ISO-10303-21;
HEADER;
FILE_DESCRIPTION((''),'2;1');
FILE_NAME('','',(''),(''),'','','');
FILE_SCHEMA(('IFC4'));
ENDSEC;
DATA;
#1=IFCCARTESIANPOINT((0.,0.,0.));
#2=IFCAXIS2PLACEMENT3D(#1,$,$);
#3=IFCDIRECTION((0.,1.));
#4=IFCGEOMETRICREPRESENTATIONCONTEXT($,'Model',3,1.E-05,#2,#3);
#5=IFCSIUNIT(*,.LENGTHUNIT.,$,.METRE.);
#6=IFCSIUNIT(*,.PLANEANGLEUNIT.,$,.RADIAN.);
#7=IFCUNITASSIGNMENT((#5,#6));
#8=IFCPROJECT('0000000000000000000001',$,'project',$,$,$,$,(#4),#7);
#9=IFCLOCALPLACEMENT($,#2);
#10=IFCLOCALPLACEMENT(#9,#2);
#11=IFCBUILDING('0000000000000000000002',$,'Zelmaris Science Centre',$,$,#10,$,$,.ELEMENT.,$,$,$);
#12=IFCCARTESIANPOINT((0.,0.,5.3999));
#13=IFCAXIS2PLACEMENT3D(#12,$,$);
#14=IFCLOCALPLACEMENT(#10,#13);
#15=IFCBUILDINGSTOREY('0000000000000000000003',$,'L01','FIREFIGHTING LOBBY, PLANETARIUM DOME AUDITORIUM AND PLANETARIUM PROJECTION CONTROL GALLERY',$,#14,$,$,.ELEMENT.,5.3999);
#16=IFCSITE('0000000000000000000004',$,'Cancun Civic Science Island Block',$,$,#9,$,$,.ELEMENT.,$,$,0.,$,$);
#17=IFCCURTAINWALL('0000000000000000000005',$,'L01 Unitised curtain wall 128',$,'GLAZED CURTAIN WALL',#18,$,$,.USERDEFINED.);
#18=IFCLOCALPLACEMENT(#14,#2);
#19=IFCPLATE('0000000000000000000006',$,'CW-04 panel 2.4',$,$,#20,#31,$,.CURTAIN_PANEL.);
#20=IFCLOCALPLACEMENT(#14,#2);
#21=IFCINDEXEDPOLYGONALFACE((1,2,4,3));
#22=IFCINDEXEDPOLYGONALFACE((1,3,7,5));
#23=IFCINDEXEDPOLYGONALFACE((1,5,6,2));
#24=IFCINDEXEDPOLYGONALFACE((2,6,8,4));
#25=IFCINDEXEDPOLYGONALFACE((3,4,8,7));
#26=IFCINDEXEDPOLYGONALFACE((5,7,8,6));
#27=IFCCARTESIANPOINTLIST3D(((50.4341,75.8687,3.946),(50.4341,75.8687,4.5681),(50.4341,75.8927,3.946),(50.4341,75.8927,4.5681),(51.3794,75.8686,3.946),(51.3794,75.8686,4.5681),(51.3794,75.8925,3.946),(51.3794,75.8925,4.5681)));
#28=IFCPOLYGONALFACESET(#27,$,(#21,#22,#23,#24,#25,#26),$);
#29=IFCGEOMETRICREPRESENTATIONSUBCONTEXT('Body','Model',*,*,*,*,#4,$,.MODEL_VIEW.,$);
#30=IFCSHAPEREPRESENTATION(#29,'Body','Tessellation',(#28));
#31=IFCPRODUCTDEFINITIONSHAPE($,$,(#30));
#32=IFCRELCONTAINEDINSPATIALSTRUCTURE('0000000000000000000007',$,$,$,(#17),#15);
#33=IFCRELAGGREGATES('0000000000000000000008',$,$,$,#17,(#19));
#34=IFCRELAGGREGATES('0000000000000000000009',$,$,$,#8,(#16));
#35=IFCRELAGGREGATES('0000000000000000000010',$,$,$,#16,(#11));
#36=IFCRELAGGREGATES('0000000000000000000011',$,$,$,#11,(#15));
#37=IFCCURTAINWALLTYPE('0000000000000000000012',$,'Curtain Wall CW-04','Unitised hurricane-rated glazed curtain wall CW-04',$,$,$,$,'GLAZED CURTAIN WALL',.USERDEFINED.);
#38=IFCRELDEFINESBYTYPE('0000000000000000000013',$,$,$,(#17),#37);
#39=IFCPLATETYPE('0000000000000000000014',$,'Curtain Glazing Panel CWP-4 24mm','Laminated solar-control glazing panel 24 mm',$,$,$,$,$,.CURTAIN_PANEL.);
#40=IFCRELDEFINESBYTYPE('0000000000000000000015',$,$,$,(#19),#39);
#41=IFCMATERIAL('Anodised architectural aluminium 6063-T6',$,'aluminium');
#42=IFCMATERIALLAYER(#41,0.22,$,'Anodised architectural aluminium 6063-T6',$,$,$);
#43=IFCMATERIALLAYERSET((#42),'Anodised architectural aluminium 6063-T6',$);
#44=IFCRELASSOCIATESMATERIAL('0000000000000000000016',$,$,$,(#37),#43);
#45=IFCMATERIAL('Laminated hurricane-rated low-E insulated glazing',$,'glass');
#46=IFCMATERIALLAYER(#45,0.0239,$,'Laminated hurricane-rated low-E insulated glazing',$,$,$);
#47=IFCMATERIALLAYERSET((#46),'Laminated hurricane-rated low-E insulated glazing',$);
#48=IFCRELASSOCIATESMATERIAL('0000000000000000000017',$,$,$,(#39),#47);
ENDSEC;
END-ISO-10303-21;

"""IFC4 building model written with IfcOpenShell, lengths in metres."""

from ifc_helpers import new_model, si_unit, direction, frame, origin, origin_2d, place, context, subcontext, project, spatial, rectangle, extrude, material, layer, layer_set, type_object, element, aggregate, save


model = new_model("IFC4")

# Units and contexts
model_context = context("Model", 3, precision=1e-05, world=origin(), true_north=direction((0.0, 1.0)))
body_context = subcontext(model_context, "Body", "Model", "MODEL_VIEW")
ifc_project = project(units=[si_unit("LENGTHUNIT", "METRE"), si_unit("PLANEANGLEUNIT", "RADIAN")], contexts=[model_context])

# Site, building, storey
site_placement = place(None, origin())
site = spatial("IfcSite", under=ifc_project, at=site_placement, Name="Cancun Civic Science Island Block", CompositionType="ELEMENT", RefElevation=0.0)
building_placement = place(site_placement, origin())
building = spatial("IfcBuilding", under=site, at=building_placement, Name="Zelmaris Science Centre", CompositionType="ELEMENT")
storey_placement = place(building_placement, frame((0.0, 0.0, 5.3999)))
storey = spatial("IfcBuildingStorey", under=building, at=storey_placement, Name="L01", Description="FIREFIGHTING LOBBY, PLANETARIUM DOME AUDITORIUM AND PLANETARIUM PROJECTION CONTROL GALLERY", CompositionType="ELEMENT", Elevation=5.3999)

# Curtain wall
ifc_material_1 = material(Name="Anodised architectural aluminium 6063-T6", Category="aluminium")
ifc_layer_1 = layer(ifc_material_1, 0.22, Name="Anodised architectural aluminium 6063-T6")
ifc_layer_set_1 = layer_set([ifc_layer_1], Name="Anodised architectural aluminium 6063-T6")
curtain_wall_type = type_object("IfcCurtainWallType", Name="Curtain Wall CW-04", Description="Unitised hurricane-rated glazed curtain wall CW-04", ElementType="GLAZED CURTAIN WALL", PredefinedType="USERDEFINED", material=ifc_layer_set_1)
curtain_wall_placement = place(storey_placement, origin())
curtain_wall = element("IfcCurtainWall", 1, at=curtain_wall_placement, inside=storey, type_object=curtain_wall_type, Name="L01 Unitised curtain wall 128", ObjectType="GLAZED CURTAIN WALL", PredefinedType="USERDEFINED")

# Plate
ifc_material_2 = material(Name="Laminated hurricane-rated low-E insulated glazing", Category="glass")
ifc_layer_2 = layer(ifc_material_2, 0.0239, Name="Laminated hurricane-rated low-E insulated glazing")
ifc_layer_set_2 = layer_set([ifc_layer_2], Name="Laminated hurricane-rated low-E insulated glazing")
plate_type = type_object("IfcPlateType", Name="Curtain Glazing Panel CWP-4 24mm", Description="Laminated solar-control glazing panel 24 mm", PredefinedType="CURTAIN_PANEL", material=ifc_layer_set_2)
plate_1_placement = place(storey_placement, frame((50.9067, 75.8806, 3.946), z_axis=(0.0, 0.0, 1.0), x_axis=(1.0, -0.000201, 0.0)))
plate_1 = element("IfcPlate", 2, at=plate_1_placement, type_object=plate_type, Name="CW-04 panel 2.4", PredefinedType="CURTAIN_PANEL", context=body_context, shape_type="SweptSolid", body=[
    extrude(rectangle(XDim=0.9453, YDim=0.0239, at=origin_2d()), origin(), (0.0, 0.0, 1.0), 0.6221),
])
aggregate(curtain_wall, [plate_1])

save(model, "model.ifc")
